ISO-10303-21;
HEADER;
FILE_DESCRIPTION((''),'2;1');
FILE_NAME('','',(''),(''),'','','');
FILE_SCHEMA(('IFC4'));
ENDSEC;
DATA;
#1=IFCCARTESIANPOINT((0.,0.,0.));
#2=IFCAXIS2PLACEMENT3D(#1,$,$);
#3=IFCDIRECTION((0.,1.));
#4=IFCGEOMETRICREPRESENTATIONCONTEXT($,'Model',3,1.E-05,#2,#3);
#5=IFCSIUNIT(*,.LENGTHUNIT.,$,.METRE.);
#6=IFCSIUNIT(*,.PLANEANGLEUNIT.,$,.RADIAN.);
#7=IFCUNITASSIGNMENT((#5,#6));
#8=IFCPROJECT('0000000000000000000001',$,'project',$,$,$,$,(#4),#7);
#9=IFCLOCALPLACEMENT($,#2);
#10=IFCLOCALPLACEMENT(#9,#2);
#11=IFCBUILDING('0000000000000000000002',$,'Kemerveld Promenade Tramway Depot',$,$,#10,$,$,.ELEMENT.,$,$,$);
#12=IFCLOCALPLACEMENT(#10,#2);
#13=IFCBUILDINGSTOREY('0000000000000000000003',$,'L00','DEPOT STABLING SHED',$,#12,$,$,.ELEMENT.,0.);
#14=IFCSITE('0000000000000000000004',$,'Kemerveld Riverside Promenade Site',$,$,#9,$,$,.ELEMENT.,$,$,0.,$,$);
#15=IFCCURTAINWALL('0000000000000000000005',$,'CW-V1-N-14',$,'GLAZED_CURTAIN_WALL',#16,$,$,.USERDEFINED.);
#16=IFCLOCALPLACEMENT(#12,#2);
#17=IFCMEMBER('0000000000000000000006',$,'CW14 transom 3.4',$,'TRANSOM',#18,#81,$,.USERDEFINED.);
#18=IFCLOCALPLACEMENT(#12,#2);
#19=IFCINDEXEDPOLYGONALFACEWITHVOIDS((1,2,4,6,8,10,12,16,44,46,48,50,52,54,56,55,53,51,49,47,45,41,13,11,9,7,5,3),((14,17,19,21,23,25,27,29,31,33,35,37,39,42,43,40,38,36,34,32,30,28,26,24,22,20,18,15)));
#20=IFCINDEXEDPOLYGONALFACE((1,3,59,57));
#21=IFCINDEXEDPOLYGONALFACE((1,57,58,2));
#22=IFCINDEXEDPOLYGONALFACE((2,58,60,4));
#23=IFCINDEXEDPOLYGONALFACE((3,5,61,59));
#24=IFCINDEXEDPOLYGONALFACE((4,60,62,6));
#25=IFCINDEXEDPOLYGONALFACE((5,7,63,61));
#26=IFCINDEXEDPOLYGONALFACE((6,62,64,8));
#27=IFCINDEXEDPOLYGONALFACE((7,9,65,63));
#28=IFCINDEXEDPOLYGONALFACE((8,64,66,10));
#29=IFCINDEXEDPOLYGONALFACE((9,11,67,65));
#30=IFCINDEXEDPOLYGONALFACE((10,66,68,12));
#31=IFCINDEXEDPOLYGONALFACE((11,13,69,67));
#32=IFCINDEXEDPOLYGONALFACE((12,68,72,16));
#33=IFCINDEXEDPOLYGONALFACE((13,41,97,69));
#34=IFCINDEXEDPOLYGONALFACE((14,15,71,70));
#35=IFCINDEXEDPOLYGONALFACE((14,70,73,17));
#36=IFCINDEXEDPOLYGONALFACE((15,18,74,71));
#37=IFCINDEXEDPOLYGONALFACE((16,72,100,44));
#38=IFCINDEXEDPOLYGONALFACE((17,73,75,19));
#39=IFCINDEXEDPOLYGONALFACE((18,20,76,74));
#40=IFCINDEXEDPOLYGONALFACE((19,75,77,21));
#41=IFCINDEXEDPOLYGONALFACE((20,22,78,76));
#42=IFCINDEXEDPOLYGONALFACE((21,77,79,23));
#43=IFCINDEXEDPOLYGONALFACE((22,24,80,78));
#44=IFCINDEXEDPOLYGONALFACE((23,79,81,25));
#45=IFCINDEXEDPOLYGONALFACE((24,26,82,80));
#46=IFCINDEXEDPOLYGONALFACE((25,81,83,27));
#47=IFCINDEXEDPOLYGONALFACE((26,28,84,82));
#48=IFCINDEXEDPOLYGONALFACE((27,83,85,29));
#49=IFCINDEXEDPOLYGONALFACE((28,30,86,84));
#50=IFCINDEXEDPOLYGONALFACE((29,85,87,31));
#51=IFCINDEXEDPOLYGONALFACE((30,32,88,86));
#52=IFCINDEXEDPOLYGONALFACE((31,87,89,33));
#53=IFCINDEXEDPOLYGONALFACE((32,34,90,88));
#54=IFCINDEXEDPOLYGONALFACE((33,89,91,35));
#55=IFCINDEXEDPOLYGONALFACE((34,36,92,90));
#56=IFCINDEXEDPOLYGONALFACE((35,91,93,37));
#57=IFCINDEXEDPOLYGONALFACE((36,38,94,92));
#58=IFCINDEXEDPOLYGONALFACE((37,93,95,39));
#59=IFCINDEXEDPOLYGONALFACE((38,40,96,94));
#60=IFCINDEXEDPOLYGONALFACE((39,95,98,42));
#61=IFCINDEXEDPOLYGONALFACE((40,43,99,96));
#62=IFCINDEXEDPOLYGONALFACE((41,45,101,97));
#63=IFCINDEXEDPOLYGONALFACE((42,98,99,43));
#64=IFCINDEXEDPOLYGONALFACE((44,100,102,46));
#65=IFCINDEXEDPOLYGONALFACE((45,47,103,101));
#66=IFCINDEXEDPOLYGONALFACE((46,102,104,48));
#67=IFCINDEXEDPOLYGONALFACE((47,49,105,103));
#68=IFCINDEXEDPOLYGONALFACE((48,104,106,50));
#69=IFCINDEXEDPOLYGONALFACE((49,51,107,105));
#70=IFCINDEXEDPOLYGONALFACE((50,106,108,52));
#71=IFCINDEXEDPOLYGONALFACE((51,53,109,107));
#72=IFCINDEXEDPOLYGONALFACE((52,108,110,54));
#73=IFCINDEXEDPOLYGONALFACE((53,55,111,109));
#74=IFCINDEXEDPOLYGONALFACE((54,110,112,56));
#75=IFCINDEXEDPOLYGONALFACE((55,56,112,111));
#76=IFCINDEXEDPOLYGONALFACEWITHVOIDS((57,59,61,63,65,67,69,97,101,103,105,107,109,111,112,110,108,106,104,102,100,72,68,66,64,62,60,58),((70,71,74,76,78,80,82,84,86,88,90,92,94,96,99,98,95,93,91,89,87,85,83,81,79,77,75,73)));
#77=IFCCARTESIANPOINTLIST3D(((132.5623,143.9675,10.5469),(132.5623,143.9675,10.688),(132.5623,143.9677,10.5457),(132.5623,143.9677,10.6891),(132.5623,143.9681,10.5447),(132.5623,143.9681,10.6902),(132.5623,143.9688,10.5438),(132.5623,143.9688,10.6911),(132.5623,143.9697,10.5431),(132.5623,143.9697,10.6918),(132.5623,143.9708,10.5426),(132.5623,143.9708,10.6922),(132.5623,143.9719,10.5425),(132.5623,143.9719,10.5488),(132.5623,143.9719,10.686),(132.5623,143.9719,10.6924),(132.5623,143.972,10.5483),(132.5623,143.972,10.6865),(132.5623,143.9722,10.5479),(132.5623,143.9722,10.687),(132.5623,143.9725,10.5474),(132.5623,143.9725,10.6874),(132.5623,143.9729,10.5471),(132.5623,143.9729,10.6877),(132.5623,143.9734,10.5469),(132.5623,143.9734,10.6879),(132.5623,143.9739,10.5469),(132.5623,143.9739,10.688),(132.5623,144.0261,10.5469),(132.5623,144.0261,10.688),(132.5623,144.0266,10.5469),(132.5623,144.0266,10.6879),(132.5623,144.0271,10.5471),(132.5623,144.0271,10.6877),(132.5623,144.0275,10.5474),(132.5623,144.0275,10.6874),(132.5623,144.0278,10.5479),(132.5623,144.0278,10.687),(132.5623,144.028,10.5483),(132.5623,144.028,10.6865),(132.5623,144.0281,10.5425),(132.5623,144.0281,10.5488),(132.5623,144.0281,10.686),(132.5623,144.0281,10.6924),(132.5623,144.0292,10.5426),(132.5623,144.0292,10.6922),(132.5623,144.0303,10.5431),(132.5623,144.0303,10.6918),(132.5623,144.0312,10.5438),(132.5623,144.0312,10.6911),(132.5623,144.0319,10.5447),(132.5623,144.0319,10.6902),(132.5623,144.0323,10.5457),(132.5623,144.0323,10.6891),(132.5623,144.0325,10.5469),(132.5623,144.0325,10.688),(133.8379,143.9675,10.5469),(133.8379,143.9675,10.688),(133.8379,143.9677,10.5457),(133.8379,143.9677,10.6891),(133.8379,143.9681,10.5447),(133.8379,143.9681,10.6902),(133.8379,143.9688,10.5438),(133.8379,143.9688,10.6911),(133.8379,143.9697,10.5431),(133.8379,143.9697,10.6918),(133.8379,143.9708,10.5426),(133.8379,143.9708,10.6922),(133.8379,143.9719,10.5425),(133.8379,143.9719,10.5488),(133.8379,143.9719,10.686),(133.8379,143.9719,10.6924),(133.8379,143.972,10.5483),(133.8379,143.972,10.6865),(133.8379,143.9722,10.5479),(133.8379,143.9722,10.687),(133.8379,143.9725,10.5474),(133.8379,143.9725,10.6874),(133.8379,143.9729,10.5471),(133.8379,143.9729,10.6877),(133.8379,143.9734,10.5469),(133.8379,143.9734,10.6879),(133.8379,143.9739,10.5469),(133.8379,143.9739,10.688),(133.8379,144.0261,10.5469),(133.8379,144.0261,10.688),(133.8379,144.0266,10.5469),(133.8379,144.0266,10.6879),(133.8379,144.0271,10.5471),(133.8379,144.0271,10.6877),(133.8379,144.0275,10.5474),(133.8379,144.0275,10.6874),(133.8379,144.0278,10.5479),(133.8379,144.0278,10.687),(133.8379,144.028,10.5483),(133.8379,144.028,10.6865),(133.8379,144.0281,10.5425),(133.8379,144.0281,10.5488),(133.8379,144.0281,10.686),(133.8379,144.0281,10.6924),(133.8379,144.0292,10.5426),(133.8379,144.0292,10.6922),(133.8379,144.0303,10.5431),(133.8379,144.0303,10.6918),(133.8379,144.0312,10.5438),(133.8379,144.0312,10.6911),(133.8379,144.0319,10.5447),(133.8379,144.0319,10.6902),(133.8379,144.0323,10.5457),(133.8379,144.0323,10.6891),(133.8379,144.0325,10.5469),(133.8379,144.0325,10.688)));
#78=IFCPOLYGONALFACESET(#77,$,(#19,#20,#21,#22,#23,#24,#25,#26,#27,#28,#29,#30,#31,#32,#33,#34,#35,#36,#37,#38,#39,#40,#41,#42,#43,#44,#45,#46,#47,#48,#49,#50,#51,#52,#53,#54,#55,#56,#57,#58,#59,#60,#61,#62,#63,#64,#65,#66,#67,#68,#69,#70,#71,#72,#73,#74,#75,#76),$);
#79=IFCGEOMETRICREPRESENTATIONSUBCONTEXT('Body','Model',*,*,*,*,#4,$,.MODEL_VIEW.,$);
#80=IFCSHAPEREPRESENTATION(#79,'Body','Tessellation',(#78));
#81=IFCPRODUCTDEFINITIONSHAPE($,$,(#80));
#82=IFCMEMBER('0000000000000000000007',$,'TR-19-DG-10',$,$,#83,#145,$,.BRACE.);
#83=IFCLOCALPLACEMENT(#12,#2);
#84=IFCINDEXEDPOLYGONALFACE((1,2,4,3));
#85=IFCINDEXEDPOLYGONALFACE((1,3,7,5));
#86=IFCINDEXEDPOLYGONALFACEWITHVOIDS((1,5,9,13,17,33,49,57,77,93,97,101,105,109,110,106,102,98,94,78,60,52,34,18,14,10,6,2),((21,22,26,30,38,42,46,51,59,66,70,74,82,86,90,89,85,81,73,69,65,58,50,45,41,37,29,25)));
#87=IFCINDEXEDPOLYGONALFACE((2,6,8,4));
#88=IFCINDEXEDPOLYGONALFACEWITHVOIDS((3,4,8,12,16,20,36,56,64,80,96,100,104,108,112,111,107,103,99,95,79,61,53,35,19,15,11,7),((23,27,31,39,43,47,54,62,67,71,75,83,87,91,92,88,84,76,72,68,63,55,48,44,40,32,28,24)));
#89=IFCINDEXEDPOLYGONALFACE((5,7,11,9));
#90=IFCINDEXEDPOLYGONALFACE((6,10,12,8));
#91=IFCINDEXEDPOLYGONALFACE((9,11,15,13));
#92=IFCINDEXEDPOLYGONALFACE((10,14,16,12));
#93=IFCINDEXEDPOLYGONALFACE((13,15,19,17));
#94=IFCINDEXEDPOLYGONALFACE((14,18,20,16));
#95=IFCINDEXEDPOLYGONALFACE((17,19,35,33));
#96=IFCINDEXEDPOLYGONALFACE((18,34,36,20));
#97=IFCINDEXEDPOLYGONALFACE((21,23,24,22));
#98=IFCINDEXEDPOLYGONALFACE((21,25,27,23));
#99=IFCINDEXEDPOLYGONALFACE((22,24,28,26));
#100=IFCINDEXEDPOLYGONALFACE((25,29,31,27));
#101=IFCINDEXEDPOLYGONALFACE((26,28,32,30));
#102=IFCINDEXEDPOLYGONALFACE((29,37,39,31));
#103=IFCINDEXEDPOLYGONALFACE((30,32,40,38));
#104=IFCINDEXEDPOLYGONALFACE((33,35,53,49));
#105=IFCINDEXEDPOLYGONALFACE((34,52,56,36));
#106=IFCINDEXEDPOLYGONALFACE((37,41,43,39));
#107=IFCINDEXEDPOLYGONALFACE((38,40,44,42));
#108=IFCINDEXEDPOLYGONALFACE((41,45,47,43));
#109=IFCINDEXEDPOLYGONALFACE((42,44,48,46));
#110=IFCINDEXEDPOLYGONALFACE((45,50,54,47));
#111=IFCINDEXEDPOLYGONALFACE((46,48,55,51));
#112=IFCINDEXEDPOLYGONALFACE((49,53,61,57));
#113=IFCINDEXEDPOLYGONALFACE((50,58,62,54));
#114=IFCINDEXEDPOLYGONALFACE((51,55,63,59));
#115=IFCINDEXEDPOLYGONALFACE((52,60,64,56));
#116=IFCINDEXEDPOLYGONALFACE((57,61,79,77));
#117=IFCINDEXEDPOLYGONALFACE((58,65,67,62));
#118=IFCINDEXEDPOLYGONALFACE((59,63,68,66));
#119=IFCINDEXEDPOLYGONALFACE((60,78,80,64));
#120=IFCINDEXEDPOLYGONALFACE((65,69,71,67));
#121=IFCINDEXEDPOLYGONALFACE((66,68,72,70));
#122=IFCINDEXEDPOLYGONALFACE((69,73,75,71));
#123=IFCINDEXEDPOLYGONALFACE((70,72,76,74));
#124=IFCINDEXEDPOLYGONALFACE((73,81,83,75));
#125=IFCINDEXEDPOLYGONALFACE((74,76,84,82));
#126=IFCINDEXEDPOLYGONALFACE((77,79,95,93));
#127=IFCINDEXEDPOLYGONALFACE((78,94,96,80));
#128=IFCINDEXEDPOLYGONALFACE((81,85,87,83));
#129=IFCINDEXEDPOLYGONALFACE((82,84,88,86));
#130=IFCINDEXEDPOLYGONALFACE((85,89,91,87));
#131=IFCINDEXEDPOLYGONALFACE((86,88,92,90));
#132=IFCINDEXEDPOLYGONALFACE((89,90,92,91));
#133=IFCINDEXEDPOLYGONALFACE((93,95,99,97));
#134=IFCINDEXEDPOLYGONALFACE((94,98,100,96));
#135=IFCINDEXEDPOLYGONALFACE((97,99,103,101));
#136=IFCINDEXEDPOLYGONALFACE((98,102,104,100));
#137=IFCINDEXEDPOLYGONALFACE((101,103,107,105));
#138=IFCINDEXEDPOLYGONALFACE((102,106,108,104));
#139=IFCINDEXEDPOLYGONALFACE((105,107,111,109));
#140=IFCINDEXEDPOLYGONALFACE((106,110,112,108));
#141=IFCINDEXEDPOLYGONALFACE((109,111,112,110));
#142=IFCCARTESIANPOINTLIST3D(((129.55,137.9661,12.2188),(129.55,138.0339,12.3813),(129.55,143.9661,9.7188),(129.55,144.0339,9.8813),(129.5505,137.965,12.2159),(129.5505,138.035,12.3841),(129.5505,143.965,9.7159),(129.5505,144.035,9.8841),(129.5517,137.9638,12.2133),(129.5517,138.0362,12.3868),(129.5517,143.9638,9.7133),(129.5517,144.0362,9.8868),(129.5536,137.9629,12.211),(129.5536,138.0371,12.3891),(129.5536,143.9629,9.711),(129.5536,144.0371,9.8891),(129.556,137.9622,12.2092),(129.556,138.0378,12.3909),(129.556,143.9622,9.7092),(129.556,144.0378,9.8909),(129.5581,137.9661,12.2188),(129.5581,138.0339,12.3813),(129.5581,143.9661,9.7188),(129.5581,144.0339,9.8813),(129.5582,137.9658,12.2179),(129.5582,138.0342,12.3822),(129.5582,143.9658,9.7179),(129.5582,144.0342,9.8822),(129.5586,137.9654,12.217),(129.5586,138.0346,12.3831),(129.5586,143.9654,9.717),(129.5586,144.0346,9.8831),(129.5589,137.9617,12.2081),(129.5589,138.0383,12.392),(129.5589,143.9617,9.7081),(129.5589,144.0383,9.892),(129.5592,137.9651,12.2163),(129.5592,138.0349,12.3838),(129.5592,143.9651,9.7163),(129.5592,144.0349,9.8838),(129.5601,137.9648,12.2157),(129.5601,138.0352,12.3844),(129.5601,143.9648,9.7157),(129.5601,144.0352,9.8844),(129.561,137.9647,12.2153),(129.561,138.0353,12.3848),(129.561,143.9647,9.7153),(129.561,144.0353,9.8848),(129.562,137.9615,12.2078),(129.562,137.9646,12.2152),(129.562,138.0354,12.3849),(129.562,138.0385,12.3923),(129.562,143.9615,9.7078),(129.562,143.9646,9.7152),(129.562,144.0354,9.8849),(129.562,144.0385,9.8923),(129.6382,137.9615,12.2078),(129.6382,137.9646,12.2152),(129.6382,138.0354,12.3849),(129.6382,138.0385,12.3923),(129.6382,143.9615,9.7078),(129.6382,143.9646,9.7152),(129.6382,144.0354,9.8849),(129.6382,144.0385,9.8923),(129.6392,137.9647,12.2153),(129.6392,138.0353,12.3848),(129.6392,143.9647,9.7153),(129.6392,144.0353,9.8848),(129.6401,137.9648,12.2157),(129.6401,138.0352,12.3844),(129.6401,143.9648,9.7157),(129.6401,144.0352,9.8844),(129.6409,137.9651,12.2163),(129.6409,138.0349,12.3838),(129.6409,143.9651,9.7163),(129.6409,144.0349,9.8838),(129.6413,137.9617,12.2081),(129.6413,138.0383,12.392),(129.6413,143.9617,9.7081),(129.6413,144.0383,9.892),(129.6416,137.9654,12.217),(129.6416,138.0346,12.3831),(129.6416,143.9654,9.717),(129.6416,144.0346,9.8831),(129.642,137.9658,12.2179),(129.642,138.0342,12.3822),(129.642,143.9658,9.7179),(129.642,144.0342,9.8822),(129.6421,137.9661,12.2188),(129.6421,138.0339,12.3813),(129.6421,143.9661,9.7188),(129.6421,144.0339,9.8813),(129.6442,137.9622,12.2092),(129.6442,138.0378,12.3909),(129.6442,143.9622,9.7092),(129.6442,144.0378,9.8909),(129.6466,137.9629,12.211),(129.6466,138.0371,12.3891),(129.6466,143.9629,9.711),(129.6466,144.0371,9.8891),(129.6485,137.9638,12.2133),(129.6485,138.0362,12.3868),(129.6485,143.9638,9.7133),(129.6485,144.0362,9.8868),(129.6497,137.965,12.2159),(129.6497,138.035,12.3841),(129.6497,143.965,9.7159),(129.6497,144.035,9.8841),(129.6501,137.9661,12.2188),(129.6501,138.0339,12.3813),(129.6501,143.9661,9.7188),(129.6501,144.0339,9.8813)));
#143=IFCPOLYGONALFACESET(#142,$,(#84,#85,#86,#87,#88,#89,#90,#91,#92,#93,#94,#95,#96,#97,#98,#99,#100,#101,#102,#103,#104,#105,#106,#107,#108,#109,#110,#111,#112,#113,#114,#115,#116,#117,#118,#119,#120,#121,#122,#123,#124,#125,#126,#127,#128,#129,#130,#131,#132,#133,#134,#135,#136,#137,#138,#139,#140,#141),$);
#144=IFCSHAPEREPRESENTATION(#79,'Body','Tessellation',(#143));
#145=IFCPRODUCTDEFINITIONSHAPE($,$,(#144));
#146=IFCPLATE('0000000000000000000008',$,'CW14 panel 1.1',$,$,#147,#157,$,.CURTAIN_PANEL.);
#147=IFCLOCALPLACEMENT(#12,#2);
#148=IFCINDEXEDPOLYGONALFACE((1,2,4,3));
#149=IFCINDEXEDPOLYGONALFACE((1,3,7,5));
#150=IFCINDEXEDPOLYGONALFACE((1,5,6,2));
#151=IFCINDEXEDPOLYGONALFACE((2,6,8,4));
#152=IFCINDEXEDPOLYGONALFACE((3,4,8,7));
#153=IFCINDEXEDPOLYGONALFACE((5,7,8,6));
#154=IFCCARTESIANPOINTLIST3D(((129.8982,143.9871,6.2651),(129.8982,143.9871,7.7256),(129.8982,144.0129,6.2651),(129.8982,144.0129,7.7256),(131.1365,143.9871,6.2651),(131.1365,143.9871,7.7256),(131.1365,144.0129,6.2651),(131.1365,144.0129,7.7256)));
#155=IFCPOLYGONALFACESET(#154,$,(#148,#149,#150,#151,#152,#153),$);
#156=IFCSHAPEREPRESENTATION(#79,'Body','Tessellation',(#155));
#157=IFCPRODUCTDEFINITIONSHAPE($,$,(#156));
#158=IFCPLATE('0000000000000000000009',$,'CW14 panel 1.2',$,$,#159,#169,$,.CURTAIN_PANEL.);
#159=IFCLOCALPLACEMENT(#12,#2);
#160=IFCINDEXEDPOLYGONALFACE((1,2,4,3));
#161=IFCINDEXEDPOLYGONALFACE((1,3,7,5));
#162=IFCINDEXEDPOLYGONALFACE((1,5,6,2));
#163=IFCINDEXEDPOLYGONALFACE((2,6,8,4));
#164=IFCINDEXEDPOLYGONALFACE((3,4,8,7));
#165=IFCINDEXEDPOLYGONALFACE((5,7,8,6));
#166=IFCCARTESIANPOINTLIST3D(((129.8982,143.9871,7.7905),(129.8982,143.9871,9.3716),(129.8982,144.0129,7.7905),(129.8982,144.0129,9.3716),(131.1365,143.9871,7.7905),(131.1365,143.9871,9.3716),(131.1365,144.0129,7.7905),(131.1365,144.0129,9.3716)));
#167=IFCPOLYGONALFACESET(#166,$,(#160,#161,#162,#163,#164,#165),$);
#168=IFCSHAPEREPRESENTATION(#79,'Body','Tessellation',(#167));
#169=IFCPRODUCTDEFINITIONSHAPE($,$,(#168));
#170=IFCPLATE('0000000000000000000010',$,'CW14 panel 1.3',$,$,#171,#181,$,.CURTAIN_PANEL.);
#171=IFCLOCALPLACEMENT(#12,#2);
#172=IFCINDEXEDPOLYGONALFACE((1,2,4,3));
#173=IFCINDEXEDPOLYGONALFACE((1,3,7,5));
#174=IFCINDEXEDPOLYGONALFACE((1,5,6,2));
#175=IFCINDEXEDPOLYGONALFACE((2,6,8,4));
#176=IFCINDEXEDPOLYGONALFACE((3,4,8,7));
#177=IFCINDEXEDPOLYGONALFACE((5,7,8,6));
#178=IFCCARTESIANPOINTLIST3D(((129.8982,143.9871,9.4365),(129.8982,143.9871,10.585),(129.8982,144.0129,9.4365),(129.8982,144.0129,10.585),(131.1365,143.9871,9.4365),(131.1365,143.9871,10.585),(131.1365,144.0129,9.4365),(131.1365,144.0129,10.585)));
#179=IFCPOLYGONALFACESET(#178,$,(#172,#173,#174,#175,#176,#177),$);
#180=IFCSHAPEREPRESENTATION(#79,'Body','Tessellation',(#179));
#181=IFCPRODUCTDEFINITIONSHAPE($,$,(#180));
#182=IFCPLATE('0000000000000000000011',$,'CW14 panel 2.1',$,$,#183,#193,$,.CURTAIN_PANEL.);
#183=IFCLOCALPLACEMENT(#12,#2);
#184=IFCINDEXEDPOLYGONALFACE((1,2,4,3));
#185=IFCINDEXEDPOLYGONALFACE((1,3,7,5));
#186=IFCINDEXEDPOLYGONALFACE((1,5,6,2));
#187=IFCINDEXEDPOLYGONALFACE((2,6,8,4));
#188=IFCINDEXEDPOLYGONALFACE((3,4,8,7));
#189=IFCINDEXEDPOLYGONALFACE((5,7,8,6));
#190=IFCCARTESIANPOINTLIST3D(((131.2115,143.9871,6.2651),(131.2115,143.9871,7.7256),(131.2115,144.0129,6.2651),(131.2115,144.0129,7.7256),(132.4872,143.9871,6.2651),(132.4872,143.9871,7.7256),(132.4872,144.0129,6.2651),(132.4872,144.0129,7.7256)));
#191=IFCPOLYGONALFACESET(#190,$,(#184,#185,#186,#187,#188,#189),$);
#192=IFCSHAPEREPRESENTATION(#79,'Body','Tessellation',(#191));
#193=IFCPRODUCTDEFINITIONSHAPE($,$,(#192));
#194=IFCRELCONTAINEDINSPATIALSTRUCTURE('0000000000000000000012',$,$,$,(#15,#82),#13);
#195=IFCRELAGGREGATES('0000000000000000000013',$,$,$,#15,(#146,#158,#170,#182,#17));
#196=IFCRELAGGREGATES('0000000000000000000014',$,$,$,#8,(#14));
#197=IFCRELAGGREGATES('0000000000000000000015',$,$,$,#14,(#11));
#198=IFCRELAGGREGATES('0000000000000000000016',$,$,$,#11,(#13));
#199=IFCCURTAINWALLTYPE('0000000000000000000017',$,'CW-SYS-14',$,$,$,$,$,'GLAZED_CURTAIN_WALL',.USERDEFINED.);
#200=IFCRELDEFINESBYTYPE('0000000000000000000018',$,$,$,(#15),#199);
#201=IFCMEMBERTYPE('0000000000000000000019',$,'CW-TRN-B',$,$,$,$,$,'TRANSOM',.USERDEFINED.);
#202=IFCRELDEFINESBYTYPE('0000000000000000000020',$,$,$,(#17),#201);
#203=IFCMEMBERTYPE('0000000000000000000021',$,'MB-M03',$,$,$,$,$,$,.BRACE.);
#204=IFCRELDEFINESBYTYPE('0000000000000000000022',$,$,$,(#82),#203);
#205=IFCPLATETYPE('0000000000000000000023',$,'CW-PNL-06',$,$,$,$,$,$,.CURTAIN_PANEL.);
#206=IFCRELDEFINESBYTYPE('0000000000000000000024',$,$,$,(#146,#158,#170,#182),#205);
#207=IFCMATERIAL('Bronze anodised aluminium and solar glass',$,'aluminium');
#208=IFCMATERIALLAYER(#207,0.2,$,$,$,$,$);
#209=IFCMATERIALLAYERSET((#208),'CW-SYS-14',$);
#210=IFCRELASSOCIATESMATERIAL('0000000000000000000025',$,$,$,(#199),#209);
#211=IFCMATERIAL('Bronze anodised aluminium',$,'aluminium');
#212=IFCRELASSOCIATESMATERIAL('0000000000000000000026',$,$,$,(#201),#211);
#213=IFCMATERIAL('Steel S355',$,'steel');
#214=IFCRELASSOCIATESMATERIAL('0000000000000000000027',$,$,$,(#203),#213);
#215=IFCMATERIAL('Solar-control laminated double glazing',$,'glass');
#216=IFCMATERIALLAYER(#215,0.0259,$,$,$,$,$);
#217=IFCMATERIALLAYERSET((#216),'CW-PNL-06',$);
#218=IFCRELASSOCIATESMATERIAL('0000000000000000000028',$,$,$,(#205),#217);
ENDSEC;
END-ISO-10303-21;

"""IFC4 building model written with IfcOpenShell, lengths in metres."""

from ifc_helpers import new_model, si_unit, direction, frame, origin, origin_2d, place, context, subcontext, project, spatial, rectangle, hollow_rectangle, extrude, material, layer, layer_set, material_profile, profile_set, type_object, element, aggregate, save


model = new_model("IFC4")

# Units and contexts
model_context = context("Model", 3, precision=1e-05, world=origin(), true_north=direction((0.0, 1.0)))
body_context = subcontext(model_context, "Body", "Model", "MODEL_VIEW")
ifc_project = project(units=[si_unit("LENGTHUNIT", "METRE"), si_unit("PLANEANGLEUNIT", "RADIAN")], contexts=[model_context])

# Site, building, storey
site_placement = place(None, origin())
site = spatial("IfcSite", under=ifc_project, at=site_placement, Name="Kemerveld Riverside Promenade Site", CompositionType="ELEMENT", RefElevation=0.0)
building_placement = place(site_placement, origin())
building = spatial("IfcBuilding", under=site, at=building_placement, Name="Kemerveld Promenade Tramway Depot", CompositionType="ELEMENT")
storey_placement = place(building_placement, origin())
storey = spatial("IfcBuildingStorey", under=building, at=storey_placement, Name="L00", Description="DEPOT STABLING SHED", CompositionType="ELEMENT", Elevation=0.0)

# Shared definitions
ifc_material_1 = material(Name="Steel S355", Category="steel")

# Curtain wall, member
ifc_material_2 = material(Name="Bronze anodised aluminium and solar glass", Category="aluminium")
ifc_layer_1 = layer(ifc_material_2, 0.2)
ifc_layer_set_1 = layer_set([ifc_layer_1], Name="CW-SYS-14")
curtain_wall_type = type_object("IfcCurtainWallType", Name="CW-SYS-14", ElementType="GLAZED_CURTAIN_WALL", PredefinedType="USERDEFINED", material=ifc_layer_set_1)
curtain_wall_placement = place(storey_placement, origin())
curtain_wall = element("IfcCurtainWall", 1, at=curtain_wall_placement, inside=storey, type_object=curtain_wall_type, Name="CW-V1-N-14", ObjectType="GLAZED_CURTAIN_WALL", PredefinedType="USERDEFINED")
ifc_material_3 = material(Name="Bronze anodised aluminium", Category="aluminium")
ifc_material_profile_1 = material_profile(ifc_material_3, hollow_rectangle(XDim=0.0649, YDim=0.1499, WallThickness=0.0044, InnerFilletRadius=0.002, OuterFilletRadius=0.0044, at=origin_2d()), Name="CW-TRN-150x65")
ifc_profile_set_1 = profile_set([ifc_material_profile_1], Name="Bronze anodised aluminium")
member_type_1 = type_object("IfcMemberType", Name="CW-TRN-B", ElementType="TRANSOM", PredefinedType="USERDEFINED", material=ifc_profile_set_1)
member_1_placement = place(storey_placement, frame((132.5623, 144.0, 10.6174), z_axis=(1.0, 0.0, 0.0), x_axis=(0.0, 1.0, 0.0)))
member_1 = element("IfcMember", 2, at=member_1_placement, type_object=member_type_1, Name="CW14 transom 3.4", ObjectType="TRANSOM", PredefinedType="USERDEFINED", context=body_context, shape_type="SweptSolid", body=[
    extrude(hollow_rectangle(XDim=0.0649, YDim=0.1499, WallThickness=0.0044, InnerFilletRadius=0.002, OuterFilletRadius=0.0044, at=origin_2d()), origin(), (0.0, 0.0, 1.0), 1.2756),
])

# Member
ifc_material_profile_2 = material_profile(ifc_material_1, hollow_rectangle(XDim=0.1001, YDim=0.2, WallThickness=0.0081, InnerFilletRadius=0.0039, OuterFilletRadius=0.012, at=origin_2d()), Name="200x100x8.0 RHS")
ifc_profile_set_2 = profile_set([ifc_material_profile_2], Name="Steel S355")
member_type_2 = type_object("IfcMemberType", Name="MB-M03", PredefinedType="BRACE", material=ifc_profile_set_2)
member_2_placement = place(storey_placement, frame((129.6001, 144.0, 9.8), z_axis=(0.0, -0.923077, 0.384615), x_axis=(1.0, 0.0, 0.0)))
element("IfcMember", 3, at=member_2_placement, inside=storey, type_object=member_type_2, Name="TR-19-DG-10", PredefinedType="BRACE", context=body_context, shape_type="SweptSolid", body=[
    extrude(hollow_rectangle(XDim=0.1001, YDim=0.2, WallThickness=0.0081, InnerFilletRadius=0.0039, OuterFilletRadius=0.012, at=origin_2d()), origin(), (0.0, 0.0, 1.0), 6.5),
])

# Plates
ifc_material_4 = material(Name="Solar-control laminated double glazing", Category="glass")
ifc_layer_2 = layer(ifc_material_4, 0.0259)
ifc_layer_set_2 = layer_set([ifc_layer_2], Name="CW-PNL-06")
plate_type_1 = type_object("IfcPlateType", Name="CW-PNL-06", PredefinedType="CURTAIN_PANEL", material=ifc_layer_set_2)
plate_1_placement = place(storey_placement, frame((130.5173, 144.0, 6.2651), z_axis=(0.0, 0.0, 1.0), x_axis=(1.0, 0.0, 0.0)))
plate_1 = element("IfcPlate", 4, at=plate_1_placement, type_object=plate_type_1, Name="CW14 panel 1.1", PredefinedType="CURTAIN_PANEL", context=body_context, shape_type="SweptSolid", body=[
    extrude(rectangle(XDim=1.2383, YDim=0.0259, at=origin_2d()), origin(), (0.0, 0.0, 1.0), 1.4604),
])
plate_2_placement = place(storey_placement, frame((130.5173, 144.0, 7.7905), z_axis=(0.0, 0.0, 1.0), x_axis=(1.0, 0.0, 0.0)))
plate_2 = element("IfcPlate", 5, at=plate_2_placement, type_object=plate_type_1, Name="CW14 panel 1.2", PredefinedType="CURTAIN_PANEL", context=body_context, shape_type="SweptSolid", body=[
    extrude(rectangle(XDim=1.2383, YDim=0.0259, at=origin_2d()), origin(), (0.0, 0.0, 1.0), 1.5811),
])
plate_3_placement = place(storey_placement, frame((130.5173, 144.0, 9.4365), z_axis=(0.0, 0.0, 1.0), x_axis=(1.0, 0.0, 0.0)))
plate_3 = element("IfcPlate", 6, at=plate_3_placement, type_object=plate_type_1, Name="CW14 panel 1.3", PredefinedType="CURTAIN_PANEL", context=body_context, shape_type="SweptSolid", body=[
    extrude(rectangle(XDim=1.2383, YDim=0.0259, at=origin_2d()), origin(), (0.0, 0.0, 1.0), 1.1484),
])
plate_4_placement = place(storey_placement, frame((131.8494, 144.0, 6.2651), z_axis=(0.0, 0.0, 1.0), x_axis=(1.0, 0.0, 0.0)))
plate_4 = element("IfcPlate", 7, at=plate_4_placement, type_object=plate_type_1, Name="CW14 panel 2.1", PredefinedType="CURTAIN_PANEL", context=body_context, shape_type="SweptSolid", body=[
    extrude(rectangle(XDim=1.2756, YDim=0.0259, at=origin_2d()), origin(), (0.0, 0.0, 1.0), 1.4604),
])
aggregate(curtain_wall, [plate_1, plate_2, plate_3, plate_4, member_1])

save(model, "model.ifc")
